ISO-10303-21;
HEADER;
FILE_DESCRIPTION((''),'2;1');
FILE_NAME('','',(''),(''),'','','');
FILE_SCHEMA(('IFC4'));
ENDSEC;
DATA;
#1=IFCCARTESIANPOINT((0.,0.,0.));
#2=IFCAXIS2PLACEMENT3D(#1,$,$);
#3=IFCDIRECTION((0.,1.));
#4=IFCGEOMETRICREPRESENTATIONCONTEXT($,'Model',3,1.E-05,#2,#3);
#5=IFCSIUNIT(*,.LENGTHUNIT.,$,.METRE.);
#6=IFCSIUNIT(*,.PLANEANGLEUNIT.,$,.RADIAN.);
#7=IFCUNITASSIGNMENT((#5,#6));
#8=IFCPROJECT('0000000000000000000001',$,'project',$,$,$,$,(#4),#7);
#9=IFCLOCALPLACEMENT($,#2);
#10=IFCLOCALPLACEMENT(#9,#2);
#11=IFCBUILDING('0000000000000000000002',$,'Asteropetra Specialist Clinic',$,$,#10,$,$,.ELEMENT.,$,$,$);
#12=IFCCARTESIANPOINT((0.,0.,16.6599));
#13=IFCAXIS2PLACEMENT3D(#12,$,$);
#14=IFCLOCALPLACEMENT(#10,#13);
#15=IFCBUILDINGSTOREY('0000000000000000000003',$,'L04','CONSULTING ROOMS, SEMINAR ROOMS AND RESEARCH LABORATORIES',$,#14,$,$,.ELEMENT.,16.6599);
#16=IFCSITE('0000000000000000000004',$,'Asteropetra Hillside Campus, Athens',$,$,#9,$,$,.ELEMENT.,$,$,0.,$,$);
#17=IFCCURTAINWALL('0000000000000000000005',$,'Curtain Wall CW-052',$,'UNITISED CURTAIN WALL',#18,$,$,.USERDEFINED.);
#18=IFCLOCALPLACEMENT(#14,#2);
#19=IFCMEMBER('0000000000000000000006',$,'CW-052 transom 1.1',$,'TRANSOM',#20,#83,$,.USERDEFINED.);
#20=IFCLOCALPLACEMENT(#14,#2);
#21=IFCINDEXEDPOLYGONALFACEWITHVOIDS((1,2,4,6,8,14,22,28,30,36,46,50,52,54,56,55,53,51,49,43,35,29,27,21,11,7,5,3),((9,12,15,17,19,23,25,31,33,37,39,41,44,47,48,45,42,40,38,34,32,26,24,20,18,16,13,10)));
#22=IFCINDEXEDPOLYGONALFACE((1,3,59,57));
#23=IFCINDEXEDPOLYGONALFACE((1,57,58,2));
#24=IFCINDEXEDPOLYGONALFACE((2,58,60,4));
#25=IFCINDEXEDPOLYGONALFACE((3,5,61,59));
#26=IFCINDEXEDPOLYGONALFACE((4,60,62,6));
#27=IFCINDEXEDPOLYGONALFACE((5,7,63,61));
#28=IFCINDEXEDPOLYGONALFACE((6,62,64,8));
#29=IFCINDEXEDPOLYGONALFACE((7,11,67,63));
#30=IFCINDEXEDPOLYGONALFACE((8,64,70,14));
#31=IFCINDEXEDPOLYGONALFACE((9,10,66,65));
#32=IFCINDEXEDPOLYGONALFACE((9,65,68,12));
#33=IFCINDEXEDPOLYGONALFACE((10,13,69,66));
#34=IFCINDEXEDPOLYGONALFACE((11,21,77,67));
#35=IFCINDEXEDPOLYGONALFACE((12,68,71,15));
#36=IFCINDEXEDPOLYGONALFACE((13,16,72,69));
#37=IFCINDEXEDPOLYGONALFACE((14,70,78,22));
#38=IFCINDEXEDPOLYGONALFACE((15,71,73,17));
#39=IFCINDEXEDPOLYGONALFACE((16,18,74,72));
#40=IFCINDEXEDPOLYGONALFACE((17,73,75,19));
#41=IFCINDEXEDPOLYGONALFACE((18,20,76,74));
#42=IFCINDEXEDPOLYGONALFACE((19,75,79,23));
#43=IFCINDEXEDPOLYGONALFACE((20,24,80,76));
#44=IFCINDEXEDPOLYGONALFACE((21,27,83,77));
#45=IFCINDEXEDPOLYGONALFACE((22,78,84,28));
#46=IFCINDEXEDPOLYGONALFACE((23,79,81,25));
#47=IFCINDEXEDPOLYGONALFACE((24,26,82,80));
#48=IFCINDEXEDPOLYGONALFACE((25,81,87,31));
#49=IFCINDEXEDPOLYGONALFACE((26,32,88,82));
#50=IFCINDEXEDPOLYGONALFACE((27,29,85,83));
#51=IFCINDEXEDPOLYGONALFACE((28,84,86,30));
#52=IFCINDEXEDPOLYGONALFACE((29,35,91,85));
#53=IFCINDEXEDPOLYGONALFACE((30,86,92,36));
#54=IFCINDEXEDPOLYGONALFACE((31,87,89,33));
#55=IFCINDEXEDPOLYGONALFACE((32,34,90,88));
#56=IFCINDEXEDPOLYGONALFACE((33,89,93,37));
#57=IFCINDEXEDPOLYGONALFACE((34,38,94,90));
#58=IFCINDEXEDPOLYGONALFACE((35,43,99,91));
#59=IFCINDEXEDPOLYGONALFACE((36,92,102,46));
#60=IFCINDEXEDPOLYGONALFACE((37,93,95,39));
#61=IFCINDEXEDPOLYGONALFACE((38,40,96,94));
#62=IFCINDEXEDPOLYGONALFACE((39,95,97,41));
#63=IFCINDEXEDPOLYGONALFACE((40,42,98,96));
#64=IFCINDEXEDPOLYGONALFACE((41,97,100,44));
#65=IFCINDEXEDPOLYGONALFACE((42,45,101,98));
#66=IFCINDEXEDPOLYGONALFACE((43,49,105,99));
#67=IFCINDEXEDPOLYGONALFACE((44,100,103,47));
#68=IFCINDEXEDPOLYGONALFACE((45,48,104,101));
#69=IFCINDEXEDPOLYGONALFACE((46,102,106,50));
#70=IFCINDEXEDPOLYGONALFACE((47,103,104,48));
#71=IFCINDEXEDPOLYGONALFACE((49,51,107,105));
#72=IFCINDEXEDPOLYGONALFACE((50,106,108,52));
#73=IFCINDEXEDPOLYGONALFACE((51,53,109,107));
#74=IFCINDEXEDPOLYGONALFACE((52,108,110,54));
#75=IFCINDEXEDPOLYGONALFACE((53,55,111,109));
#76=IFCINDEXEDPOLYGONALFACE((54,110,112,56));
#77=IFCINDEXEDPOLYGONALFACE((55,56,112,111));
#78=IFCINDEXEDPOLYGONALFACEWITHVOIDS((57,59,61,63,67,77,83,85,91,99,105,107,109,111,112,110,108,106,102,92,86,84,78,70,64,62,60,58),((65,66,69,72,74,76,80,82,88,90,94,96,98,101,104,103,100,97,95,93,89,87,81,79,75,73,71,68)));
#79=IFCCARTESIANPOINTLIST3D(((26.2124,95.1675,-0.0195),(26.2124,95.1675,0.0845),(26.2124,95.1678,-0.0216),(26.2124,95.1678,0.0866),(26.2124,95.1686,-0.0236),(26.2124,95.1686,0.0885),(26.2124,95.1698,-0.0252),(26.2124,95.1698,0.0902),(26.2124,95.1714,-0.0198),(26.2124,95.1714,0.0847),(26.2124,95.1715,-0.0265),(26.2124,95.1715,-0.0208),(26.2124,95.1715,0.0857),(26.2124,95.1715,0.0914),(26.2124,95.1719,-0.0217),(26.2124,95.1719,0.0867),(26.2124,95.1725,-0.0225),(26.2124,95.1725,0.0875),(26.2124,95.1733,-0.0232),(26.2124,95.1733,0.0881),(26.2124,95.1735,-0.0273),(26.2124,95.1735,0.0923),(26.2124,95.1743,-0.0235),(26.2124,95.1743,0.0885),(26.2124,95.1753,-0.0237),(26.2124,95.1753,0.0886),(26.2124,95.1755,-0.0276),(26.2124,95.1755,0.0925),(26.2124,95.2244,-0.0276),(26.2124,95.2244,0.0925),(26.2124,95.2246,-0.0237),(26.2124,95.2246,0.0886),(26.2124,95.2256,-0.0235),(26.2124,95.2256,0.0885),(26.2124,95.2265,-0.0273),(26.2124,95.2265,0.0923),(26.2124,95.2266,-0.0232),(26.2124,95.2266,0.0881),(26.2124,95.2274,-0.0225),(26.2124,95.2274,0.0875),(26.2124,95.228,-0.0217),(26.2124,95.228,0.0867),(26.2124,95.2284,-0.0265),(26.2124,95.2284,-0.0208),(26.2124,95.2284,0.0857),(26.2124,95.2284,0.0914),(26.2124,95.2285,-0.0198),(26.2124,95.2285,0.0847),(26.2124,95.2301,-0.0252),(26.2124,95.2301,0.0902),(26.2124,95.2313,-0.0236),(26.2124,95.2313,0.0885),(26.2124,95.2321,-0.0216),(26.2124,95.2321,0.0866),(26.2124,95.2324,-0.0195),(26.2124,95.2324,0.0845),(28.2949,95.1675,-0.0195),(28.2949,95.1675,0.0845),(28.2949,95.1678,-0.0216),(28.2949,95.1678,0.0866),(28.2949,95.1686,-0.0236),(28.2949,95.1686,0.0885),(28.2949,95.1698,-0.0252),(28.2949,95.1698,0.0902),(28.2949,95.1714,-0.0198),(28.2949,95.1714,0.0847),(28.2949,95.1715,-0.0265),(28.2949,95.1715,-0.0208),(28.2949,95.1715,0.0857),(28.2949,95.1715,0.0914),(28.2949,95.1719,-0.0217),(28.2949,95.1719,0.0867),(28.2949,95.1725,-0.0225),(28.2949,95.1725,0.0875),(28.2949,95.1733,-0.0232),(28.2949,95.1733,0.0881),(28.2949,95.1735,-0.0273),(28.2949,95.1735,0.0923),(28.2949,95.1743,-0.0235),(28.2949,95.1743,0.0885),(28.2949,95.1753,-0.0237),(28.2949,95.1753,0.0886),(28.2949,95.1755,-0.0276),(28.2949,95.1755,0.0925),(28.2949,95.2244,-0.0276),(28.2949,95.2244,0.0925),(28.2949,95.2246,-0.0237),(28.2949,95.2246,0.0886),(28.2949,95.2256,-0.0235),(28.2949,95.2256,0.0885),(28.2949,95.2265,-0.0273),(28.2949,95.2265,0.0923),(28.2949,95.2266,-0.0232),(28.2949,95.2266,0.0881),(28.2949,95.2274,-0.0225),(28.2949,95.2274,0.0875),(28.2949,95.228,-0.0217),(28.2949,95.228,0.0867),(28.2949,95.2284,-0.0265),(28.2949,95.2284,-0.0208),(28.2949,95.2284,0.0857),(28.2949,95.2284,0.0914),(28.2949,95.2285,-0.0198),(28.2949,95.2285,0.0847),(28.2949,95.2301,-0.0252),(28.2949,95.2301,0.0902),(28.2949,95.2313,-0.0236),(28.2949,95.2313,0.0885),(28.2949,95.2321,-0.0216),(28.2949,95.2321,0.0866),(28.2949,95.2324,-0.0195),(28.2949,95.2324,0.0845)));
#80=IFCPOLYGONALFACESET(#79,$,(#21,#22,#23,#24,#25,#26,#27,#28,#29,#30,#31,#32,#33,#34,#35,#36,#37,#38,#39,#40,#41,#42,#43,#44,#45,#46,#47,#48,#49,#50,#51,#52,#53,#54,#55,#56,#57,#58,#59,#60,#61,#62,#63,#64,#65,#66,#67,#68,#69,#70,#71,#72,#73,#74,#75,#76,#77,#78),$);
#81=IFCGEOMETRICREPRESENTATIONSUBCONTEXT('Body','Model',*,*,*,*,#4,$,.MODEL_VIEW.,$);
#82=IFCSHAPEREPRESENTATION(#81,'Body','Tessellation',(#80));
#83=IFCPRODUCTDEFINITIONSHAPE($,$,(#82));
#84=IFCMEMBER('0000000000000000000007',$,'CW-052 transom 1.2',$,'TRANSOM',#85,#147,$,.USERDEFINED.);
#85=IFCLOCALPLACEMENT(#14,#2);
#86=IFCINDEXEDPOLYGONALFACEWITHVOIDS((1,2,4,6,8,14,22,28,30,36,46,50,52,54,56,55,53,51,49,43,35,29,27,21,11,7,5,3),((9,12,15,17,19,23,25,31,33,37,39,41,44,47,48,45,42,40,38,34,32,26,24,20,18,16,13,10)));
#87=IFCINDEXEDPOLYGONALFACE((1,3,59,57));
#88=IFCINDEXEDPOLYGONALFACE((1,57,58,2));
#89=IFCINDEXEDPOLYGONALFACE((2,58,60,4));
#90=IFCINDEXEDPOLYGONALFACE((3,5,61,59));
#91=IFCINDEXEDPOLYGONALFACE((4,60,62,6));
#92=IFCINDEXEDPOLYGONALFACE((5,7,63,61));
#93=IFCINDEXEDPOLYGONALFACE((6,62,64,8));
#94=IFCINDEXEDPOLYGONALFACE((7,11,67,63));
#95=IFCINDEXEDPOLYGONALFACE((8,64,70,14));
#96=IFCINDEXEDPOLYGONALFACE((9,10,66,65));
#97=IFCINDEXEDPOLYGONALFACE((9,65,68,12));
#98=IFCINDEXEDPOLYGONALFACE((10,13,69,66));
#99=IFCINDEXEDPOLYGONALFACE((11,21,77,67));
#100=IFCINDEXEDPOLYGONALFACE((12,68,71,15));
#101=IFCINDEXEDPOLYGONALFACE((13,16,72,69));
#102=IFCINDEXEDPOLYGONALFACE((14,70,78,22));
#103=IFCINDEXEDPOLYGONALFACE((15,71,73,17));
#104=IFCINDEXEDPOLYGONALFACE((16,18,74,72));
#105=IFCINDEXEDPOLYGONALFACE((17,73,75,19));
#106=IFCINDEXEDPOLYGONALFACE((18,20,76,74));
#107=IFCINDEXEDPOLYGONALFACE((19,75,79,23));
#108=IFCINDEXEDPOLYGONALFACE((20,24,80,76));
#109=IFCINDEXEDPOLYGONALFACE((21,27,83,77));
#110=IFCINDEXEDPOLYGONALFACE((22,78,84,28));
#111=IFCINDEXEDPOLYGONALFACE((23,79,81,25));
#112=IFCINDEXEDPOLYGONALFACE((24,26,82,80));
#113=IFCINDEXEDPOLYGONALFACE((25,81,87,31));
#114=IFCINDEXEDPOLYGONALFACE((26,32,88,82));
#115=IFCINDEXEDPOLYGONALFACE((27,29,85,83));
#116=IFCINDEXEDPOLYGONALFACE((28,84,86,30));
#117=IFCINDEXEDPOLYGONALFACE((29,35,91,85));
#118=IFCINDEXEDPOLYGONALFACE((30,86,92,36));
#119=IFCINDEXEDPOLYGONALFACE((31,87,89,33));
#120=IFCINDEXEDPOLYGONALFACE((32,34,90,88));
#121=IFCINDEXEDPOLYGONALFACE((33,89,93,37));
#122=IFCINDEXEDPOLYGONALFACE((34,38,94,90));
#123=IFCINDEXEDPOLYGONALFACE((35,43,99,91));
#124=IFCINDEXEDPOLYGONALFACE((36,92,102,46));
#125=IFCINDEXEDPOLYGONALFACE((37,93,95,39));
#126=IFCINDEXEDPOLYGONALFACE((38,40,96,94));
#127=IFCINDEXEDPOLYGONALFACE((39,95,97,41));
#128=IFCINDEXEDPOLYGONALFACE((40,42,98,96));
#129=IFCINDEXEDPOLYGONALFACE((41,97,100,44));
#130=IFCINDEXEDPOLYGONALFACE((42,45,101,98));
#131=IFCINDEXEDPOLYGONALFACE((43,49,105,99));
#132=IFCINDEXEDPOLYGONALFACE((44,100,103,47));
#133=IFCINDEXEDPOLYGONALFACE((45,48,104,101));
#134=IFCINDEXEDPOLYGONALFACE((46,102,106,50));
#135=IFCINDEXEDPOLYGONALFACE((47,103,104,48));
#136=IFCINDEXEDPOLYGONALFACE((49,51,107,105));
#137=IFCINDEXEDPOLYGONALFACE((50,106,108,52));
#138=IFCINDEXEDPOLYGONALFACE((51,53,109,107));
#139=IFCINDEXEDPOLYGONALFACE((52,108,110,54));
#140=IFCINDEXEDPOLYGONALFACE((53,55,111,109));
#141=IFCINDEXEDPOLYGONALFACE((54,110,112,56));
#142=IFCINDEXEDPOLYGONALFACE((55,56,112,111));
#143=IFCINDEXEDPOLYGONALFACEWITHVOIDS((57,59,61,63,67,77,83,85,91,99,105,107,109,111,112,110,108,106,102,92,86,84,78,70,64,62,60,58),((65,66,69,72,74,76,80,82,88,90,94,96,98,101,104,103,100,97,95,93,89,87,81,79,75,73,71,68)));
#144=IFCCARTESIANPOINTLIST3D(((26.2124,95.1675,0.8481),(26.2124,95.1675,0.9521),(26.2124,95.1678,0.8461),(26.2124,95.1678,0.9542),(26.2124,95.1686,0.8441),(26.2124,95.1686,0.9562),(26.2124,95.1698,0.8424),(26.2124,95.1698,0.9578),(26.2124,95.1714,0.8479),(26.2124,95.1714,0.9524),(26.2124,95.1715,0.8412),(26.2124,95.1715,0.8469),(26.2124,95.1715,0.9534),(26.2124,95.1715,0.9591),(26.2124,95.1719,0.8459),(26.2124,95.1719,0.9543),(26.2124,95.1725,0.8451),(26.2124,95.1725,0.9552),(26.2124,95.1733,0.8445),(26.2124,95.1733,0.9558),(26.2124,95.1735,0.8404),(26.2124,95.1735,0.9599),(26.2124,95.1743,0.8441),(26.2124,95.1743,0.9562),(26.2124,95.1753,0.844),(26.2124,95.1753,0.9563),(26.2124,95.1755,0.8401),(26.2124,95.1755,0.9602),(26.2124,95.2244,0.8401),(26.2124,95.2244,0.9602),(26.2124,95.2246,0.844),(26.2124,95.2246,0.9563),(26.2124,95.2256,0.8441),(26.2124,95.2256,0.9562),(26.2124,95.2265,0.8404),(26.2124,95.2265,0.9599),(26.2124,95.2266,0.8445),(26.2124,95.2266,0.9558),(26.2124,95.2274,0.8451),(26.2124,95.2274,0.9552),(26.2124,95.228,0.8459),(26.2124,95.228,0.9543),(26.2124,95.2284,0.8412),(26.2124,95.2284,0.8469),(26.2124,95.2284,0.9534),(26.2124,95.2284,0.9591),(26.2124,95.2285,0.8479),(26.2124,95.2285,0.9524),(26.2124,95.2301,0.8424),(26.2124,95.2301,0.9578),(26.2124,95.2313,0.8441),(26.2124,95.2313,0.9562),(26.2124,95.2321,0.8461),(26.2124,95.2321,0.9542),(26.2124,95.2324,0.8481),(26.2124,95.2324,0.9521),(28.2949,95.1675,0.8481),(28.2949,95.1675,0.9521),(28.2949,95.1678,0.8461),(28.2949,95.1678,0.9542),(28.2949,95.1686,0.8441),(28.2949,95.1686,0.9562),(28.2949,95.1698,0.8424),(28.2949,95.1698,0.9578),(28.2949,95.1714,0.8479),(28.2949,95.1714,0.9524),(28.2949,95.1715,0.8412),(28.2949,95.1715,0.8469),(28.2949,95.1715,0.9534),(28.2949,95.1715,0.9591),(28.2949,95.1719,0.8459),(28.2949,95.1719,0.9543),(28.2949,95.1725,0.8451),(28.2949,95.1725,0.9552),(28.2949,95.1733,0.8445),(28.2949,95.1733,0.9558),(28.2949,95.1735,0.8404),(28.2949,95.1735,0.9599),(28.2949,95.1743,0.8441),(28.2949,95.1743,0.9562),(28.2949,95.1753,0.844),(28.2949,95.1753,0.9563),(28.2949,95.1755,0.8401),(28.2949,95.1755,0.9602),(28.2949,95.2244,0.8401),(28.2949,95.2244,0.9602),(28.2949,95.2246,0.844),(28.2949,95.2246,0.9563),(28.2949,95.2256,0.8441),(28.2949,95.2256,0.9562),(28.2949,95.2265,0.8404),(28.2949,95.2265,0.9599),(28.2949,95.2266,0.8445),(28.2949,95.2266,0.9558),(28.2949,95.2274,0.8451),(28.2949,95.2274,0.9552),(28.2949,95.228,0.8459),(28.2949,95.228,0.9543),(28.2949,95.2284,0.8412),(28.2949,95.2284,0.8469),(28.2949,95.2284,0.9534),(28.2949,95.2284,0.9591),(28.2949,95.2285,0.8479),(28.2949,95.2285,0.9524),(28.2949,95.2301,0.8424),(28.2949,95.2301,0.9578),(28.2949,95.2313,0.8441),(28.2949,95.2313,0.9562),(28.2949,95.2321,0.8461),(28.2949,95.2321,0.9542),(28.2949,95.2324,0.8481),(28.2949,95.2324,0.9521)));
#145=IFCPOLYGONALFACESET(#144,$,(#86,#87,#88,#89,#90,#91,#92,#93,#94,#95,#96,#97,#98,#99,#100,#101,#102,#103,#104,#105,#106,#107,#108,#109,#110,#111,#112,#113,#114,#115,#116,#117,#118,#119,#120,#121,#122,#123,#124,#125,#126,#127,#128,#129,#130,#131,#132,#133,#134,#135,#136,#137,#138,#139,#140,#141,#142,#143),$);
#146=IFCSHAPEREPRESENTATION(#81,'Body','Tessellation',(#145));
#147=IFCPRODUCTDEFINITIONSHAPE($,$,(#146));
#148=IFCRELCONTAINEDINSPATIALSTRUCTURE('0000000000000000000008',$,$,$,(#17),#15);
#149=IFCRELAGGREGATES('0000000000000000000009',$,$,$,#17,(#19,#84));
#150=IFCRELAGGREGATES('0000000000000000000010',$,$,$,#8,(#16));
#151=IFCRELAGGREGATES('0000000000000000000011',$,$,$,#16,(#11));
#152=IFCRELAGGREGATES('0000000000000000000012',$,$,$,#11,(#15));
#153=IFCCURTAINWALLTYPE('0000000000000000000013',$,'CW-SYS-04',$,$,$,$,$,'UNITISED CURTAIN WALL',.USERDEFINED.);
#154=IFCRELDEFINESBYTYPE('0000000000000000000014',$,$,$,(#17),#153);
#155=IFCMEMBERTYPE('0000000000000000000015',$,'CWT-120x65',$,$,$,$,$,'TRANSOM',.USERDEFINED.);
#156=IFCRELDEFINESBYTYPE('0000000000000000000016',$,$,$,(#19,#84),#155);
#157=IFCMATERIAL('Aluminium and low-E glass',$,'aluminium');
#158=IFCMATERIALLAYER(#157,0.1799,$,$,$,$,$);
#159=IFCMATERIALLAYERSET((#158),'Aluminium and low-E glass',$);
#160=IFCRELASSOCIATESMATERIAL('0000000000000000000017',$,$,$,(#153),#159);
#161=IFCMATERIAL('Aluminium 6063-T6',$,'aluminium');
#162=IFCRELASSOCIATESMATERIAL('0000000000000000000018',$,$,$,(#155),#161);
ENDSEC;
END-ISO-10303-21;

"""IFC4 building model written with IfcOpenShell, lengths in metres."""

from ifc_helpers import new_model, si_unit, direction, frame, origin, origin_2d, place, context, subcontext, project, spatial, hollow_rectangle, extrude, material, layer, layer_set, material_profile, profile_set, type_object, element, aggregate, save


model = new_model("IFC4")

# Units and contexts
model_context = context("Model", 3, precision=1e-05, world=origin(), true_north=direction((0.0, 1.0)))
body_context = subcontext(model_context, "Body", "Model", "MODEL_VIEW")
ifc_project = project(units=[si_unit("LENGTHUNIT", "METRE"), si_unit("PLANEANGLEUNIT", "RADIAN")], contexts=[model_context])

# Site, building, storey
site_placement = place(None, origin())
site = spatial("IfcSite", under=ifc_project, at=site_placement, Name="Asteropetra Hillside Campus, Athens", CompositionType="ELEMENT", RefElevation=0.0)
building_placement = place(site_placement, origin())
building = spatial("IfcBuilding", under=site, at=building_placement, Name="Asteropetra Specialist Clinic", CompositionType="ELEMENT")
storey_placement = place(building_placement, frame((0.0, 0.0, 16.6599)))
storey = spatial("IfcBuildingStorey", under=building, at=storey_placement, Name="L04", Description="CONSULTING ROOMS, SEMINAR ROOMS AND RESEARCH LABORATORIES", CompositionType="ELEMENT", Elevation=16.6599)

# Curtain wall, members
ifc_material_1 = material(Name="Aluminium and low-E glass", Category="aluminium")
ifc_layer_1 = layer(ifc_material_1, 0.1799)
ifc_layer_set_1 = layer_set([ifc_layer_1], Name="Aluminium and low-E glass")
curtain_wall_type_1 = type_object("IfcCurtainWallType", Name="CW-SYS-04", ElementType="UNITISED CURTAIN WALL", PredefinedType="USERDEFINED", material=ifc_layer_set_1)
curtain_wall_1_placement = place(storey_placement, origin())
curtain_wall_1 = element("IfcCurtainWall", 1, at=curtain_wall_1_placement, inside=storey, type_object=curtain_wall_type_1, Name="Curtain Wall CW-052", ObjectType="UNITISED CURTAIN WALL", PredefinedType="USERDEFINED")
ifc_material_2 = material(Name="Aluminium 6063-T6", Category="aluminium")
ifc_material_profile_1 = material_profile(ifc_material_2, hollow_rectangle(XDim=0.0649, YDim=0.1201, WallThickness=0.0039, InnerFilletRadius=0.0039, OuterFilletRadius=0.0081, at=origin_2d()), Name="TRN 120x65x4.0")
ifc_profile_set_1 = profile_set([ifc_material_profile_1], Name="Aluminium 6063-T6")
member_type_1 = type_object("IfcMemberType", Name="CWT-120x65", ElementType="TRANSOM", PredefinedType="USERDEFINED", material=ifc_profile_set_1)
member_1_placement = place(storey_placement, frame((28.2949, 95.2, 0.0325), z_axis=(-1.0, 0.0, 0.0), x_axis=(0.0, -1.0, 0.0)))
member_1 = element("IfcMember", 2, at=member_1_placement, type_object=member_type_1, Name="CW-052 transom 1.1", ObjectType="TRANSOM", PredefinedType="USERDEFINED", context=body_context, shape_type="SweptSolid", body=[
    extrude(hollow_rectangle(XDim=0.0649, YDim=0.1201, WallThickness=0.0039, InnerFilletRadius=0.0039, OuterFilletRadius=0.0081, at=origin_2d()), origin(), (0.0, 0.0, 1.0), 2.0825),
])
member_2_placement = place(storey_placement, frame((28.2949, 95.2, 0.9001), z_axis=(-1.0, 0.0, 0.0), x_axis=(0.0, -1.0, 0.0)))
member_2 = element("IfcMember", 3, at=member_2_placement, type_object=member_type_1, Name="CW-052 transom 1.2", ObjectType="TRANSOM", PredefinedType="USERDEFINED", context=body_context, shape_type="SweptSolid", body=[
    extrude(hollow_rectangle(XDim=0.0649, YDim=0.1201, WallThickness=0.0039, InnerFilletRadius=0.0039, OuterFilletRadius=0.0081, at=origin_2d()), origin(), (0.0, 0.0, 1.0), 2.0825),
])

aggregate(curtain_wall_1, [member_1, member_2])

save(model, "model.ifc")
